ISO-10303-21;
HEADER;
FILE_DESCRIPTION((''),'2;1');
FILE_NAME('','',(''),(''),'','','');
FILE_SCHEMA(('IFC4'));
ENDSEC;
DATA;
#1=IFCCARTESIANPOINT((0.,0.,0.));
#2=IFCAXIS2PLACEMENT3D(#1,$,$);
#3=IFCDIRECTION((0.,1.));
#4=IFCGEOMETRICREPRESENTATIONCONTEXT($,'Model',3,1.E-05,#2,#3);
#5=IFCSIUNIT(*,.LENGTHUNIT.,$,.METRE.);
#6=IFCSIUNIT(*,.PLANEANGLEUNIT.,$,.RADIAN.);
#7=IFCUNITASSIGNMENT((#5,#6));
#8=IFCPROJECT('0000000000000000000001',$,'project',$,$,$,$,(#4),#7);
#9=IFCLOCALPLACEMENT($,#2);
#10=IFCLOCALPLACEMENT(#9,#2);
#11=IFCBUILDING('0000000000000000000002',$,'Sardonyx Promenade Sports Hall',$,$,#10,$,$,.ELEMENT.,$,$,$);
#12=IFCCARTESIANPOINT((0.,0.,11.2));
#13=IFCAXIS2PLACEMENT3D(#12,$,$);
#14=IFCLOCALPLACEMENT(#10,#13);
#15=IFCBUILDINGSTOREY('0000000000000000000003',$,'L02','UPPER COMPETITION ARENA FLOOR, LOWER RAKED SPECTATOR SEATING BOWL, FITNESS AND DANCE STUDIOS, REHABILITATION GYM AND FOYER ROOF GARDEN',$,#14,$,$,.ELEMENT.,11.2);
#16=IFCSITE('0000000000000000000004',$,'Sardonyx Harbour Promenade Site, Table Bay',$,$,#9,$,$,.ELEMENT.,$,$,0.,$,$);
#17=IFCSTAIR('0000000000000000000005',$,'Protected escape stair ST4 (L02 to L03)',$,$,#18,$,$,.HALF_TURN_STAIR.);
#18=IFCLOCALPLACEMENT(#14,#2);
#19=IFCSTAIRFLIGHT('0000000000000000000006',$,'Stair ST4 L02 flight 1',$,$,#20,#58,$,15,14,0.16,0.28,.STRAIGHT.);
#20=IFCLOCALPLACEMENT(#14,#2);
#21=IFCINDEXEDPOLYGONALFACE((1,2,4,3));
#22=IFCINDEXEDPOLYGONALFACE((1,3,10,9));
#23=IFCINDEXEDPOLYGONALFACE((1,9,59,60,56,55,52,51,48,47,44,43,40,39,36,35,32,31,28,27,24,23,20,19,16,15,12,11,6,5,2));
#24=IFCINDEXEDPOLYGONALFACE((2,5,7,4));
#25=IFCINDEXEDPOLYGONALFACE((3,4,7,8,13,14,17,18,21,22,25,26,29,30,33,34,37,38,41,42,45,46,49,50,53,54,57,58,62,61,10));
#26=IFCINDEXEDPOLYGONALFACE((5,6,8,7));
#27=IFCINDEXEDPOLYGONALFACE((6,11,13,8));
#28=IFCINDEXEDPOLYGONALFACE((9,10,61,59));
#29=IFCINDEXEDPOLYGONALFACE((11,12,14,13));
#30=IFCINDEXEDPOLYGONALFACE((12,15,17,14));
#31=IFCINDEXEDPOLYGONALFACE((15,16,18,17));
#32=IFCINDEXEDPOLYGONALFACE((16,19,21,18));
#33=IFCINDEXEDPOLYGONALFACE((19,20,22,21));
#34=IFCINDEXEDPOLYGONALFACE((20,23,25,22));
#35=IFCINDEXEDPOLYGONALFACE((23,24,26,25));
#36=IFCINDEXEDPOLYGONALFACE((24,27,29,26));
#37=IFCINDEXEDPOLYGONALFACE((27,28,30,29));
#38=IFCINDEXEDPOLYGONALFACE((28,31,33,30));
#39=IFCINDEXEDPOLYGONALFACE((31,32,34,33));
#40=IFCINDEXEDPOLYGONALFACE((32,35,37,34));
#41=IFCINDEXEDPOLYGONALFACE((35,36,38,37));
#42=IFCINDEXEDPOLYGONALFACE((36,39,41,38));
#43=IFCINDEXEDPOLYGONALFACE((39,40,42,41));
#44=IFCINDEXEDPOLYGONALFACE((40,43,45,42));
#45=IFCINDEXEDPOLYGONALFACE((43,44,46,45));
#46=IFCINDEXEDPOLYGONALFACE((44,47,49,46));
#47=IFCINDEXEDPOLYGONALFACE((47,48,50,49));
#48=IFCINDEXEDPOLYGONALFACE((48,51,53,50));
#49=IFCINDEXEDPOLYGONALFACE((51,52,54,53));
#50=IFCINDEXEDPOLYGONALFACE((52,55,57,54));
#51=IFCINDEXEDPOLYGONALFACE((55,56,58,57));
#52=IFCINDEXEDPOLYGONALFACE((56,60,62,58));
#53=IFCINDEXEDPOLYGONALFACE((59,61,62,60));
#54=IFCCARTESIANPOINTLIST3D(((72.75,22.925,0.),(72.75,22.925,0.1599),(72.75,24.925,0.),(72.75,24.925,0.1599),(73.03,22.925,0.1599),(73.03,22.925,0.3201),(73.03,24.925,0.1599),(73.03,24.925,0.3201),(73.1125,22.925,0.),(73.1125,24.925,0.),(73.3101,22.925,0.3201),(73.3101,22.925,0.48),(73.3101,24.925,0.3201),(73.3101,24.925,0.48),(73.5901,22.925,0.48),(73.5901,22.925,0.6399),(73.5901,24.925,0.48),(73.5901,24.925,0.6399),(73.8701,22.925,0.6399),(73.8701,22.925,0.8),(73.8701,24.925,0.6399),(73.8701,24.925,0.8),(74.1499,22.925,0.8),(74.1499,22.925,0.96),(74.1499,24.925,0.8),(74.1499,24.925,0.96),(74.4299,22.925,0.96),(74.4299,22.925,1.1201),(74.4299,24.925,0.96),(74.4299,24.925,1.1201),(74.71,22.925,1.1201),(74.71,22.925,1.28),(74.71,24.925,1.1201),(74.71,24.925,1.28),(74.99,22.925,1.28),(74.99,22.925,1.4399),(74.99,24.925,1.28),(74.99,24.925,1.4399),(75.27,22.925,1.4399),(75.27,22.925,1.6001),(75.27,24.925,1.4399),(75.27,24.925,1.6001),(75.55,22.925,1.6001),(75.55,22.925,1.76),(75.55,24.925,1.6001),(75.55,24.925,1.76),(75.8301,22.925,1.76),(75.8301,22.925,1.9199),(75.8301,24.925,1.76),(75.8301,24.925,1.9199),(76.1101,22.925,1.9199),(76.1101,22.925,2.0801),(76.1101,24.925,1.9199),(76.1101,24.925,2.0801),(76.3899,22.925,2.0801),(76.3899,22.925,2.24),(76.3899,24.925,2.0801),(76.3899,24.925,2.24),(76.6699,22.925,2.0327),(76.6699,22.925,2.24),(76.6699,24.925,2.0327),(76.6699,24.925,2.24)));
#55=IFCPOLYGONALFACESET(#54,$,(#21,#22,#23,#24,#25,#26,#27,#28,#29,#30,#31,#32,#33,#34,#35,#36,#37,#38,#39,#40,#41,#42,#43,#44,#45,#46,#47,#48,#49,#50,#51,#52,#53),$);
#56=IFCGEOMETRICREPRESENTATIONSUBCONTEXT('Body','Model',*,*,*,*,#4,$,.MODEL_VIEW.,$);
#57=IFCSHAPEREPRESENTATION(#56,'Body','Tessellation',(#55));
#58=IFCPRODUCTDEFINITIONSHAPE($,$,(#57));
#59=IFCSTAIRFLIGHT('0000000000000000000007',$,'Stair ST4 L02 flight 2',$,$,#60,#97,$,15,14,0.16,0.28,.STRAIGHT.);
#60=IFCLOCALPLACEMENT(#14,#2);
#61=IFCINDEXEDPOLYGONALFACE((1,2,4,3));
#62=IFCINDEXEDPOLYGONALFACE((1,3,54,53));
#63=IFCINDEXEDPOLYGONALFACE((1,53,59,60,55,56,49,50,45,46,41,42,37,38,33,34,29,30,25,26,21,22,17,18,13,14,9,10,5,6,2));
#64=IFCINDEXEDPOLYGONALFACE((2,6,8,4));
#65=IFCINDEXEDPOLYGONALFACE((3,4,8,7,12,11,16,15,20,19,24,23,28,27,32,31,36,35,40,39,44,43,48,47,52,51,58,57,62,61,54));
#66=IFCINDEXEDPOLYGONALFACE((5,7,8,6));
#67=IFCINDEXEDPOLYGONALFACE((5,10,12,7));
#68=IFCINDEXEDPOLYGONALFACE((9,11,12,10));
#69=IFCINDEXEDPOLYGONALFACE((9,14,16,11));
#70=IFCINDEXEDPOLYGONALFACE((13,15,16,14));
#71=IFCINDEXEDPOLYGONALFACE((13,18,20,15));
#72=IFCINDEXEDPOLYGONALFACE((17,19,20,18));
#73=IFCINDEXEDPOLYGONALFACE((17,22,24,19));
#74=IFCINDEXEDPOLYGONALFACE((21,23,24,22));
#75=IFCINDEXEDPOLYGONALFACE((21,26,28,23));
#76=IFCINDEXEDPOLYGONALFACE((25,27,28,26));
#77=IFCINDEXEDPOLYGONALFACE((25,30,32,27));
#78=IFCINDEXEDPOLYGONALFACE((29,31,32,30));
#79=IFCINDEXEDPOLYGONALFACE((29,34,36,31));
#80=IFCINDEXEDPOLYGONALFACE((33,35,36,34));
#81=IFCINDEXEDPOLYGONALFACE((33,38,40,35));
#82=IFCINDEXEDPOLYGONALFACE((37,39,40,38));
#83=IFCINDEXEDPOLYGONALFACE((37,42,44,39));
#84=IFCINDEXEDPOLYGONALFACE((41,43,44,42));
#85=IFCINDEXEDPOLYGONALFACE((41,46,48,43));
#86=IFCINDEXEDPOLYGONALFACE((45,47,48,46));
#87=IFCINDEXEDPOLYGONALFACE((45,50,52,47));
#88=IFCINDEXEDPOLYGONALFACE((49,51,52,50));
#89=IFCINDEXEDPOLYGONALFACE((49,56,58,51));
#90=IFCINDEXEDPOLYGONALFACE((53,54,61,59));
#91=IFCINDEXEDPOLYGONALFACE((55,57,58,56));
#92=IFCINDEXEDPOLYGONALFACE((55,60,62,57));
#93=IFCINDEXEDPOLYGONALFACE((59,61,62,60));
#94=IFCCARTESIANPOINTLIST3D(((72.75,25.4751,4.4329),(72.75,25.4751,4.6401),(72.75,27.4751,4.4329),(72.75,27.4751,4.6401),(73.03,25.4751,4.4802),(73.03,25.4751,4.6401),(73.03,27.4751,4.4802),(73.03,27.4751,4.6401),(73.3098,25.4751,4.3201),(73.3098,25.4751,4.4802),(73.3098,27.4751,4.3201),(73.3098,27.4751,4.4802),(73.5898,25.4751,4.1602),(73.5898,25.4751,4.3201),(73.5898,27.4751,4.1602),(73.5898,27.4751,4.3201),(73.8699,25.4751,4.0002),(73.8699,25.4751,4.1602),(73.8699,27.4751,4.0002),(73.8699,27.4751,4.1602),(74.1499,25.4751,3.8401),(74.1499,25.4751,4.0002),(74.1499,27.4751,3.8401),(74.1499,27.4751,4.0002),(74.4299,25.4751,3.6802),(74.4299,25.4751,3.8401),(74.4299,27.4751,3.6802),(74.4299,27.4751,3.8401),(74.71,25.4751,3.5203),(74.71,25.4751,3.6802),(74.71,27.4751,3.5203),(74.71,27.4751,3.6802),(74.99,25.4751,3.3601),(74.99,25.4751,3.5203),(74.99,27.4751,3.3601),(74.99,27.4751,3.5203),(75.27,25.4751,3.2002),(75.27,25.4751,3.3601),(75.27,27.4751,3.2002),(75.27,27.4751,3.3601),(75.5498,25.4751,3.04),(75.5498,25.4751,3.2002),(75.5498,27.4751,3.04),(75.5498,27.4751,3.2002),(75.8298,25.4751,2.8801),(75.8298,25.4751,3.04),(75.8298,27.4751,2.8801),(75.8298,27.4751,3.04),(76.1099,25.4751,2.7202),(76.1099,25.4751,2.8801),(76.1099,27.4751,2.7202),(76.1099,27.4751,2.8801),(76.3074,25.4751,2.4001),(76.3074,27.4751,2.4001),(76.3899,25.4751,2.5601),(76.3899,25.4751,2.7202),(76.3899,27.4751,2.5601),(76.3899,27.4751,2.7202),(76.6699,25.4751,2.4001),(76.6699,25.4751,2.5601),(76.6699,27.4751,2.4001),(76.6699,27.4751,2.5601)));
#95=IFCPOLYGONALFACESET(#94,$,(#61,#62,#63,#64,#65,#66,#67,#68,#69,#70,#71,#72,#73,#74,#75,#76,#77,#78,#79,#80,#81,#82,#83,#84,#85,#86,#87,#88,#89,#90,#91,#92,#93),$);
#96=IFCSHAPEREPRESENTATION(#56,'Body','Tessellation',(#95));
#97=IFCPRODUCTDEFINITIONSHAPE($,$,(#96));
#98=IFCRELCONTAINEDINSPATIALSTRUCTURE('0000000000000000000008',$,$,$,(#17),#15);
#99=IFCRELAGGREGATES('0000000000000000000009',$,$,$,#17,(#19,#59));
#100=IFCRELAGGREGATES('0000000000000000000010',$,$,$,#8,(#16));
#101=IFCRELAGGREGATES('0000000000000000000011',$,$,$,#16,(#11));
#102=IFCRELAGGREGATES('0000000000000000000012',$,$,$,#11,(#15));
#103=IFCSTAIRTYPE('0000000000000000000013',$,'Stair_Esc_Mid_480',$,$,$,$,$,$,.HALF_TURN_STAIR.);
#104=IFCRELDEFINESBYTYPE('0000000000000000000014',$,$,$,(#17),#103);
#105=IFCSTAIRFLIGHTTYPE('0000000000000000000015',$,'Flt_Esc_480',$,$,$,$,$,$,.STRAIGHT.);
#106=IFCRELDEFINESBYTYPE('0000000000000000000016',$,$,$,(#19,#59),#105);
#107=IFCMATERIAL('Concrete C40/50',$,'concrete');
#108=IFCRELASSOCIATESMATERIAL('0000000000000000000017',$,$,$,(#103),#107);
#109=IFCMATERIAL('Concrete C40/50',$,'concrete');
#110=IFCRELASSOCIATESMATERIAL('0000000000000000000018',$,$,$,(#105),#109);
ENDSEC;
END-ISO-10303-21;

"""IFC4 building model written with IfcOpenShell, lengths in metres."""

from ifc_helpers import new_model, si_unit, direction, frame, origin, place, context, subcontext, project, spatial, polyline, outline, extrude, material, type_object, element, aggregate, save


model = new_model("IFC4")

# Units and contexts
model_context = context("Model", 3, precision=1e-05, world=origin(), true_north=direction((0.0, 1.0)))
body_context = subcontext(model_context, "Body", "Model", "MODEL_VIEW")
ifc_project = project(units=[si_unit("LENGTHUNIT", "METRE"), si_unit("PLANEANGLEUNIT", "RADIAN")], contexts=[model_context])

# Site, building, storey
site_placement = place(None, origin())
site = spatial("IfcSite", under=ifc_project, at=site_placement, Name="Sardonyx Harbour Promenade Site, Table Bay", CompositionType="ELEMENT", RefElevation=0.0)
building_placement = place(site_placement, origin())
building = spatial("IfcBuilding", under=site, at=building_placement, Name="Sardonyx Promenade Sports Hall", CompositionType="ELEMENT")
storey_placement = place(building_placement, frame((0.0, 0.0, 11.2)))
storey = spatial("IfcBuildingStorey", under=building, at=storey_placement, Name="L02", Description="UPPER COMPETITION ARENA FLOOR, LOWER RAKED SPECTATOR SEATING BOWL, FITNESS AND DANCE STUDIOS, REHABILITATION GYM AND FOYER ROOF GARDEN", CompositionType="ELEMENT", Elevation=11.2)

# Stair, stair flights
ifc_material_1 = material(Name="Concrete C40/50", Category="concrete")
stair_type = type_object("IfcStairType", Name="Stair_Esc_Mid_480", PredefinedType="HALF_TURN_STAIR", material=ifc_material_1)
stair_placement = place(storey_placement, origin())
stair = element("IfcStair", 1, at=stair_placement, inside=storey, type_object=stair_type, Name="Protected escape stair ST4 (L02 to L03)", PredefinedType="HALF_TURN_STAIR")
ifc_material_2 = material(Name="Concrete C40/50", Category="concrete")
stair_flight_type = type_object("IfcStairFlightType", Name="Flt_Esc_480", PredefinedType="STRAIGHT", material=ifc_material_2)
stair_flight_1_placement = place(storey_placement, frame((72.75, 23.925, 0.0), z_axis=(0.0, 0.0, 1.0), x_axis=(1.0, 0.0, 0.0)))
stair_flight_1 = element("IfcStairFlight", 2, at=stair_flight_1_placement, type_object=stair_flight_type, Name="Stair ST4 L02 flight 1", NumberOfRisers=15, NumberOfTreads=14, PredefinedType="STRAIGHT", RiserHeight=0.16, TreadLength=0.28, context=body_context, shape_type="SweptSolid", body=[
    extrude(outline(polyline([(0.0, 0.0), (0.0, 0.1599), (0.28, 0.1599), (0.28, 0.3201), (0.5601, 0.3201), (0.5601, 0.48), (0.8401, 0.48), (0.8401, 0.6399), (1.1201, 0.6399), (1.1201, 0.8), (1.3999, 0.8), (1.3999, 0.96), (1.6799, 0.96), (1.6799, 1.1201), (1.96, 1.1201), (1.96, 1.28), (2.24, 1.28), (2.24, 1.4399), (2.52, 1.4399), (2.52, 1.6001), (2.8, 1.6001), (2.8, 1.76), (3.0801, 1.76), (3.0801, 1.9199), (3.3601, 1.9199), (3.3601, 2.0801), (3.6399, 2.0801), (3.6399, 2.24), (3.9199, 2.24), (3.9199, 2.3999), (3.9199, 2.0327), (0.3625, 0.0), (0.0, 0.0)])), frame((0.0, 1.0, 0.0), z_axis=(0.0, -1.0, 0.0), x_axis=(1.0, 0.0, 0.0)), (0.0, 0.0, 1.0), 2.0),
])
stair_flight_2_placement = place(storey_placement, frame((76.6699, 26.4751, 2.4001), z_axis=(0.0, 0.0, 1.0), x_axis=(-1.0, 0.0, 0.0)))
stair_flight_2 = element("IfcStairFlight", 3, at=stair_flight_2_placement, type_object=stair_flight_type, Name="Stair ST4 L02 flight 2", NumberOfRisers=15, NumberOfTreads=14, PredefinedType="STRAIGHT", RiserHeight=0.16, TreadLength=0.28, context=body_context, shape_type="SweptSolid", body=[
    extrude(outline(polyline([(0.0, 0.0), (0.0, 0.1599), (0.28, 0.1599), (0.28, 0.3201), (0.5601, 0.3201), (0.5601, 0.48), (0.8401, 0.48), (0.8401, 0.6399), (1.1201, 0.6399), (1.1201, 0.8), (1.3999, 0.8), (1.3999, 0.96), (1.6799, 0.96), (1.6799, 1.1201), (1.96, 1.1201), (1.96, 1.28), (2.24, 1.28), (2.24, 1.4399), (2.52, 1.4399), (2.52, 1.6001), (2.8, 1.6001), (2.8, 1.76), (3.0801, 1.76), (3.0801, 1.9199), (3.3601, 1.9199), (3.3601, 2.0801), (3.6399, 2.0801), (3.6399, 2.24), (3.9199, 2.24), (3.9199, 2.3999), (3.9199, 2.0327), (0.3625, 0.0), (0.0, 0.0)])), frame((0.0, 1.0, 0.0), z_axis=(0.0, -1.0, 0.0), x_axis=(1.0, 0.0, 0.0)), (0.0, 0.0, 1.0), 2.0),
])
aggregate(stair, [stair_flight_1, stair_flight_2])

save(model, "model.ifc")
